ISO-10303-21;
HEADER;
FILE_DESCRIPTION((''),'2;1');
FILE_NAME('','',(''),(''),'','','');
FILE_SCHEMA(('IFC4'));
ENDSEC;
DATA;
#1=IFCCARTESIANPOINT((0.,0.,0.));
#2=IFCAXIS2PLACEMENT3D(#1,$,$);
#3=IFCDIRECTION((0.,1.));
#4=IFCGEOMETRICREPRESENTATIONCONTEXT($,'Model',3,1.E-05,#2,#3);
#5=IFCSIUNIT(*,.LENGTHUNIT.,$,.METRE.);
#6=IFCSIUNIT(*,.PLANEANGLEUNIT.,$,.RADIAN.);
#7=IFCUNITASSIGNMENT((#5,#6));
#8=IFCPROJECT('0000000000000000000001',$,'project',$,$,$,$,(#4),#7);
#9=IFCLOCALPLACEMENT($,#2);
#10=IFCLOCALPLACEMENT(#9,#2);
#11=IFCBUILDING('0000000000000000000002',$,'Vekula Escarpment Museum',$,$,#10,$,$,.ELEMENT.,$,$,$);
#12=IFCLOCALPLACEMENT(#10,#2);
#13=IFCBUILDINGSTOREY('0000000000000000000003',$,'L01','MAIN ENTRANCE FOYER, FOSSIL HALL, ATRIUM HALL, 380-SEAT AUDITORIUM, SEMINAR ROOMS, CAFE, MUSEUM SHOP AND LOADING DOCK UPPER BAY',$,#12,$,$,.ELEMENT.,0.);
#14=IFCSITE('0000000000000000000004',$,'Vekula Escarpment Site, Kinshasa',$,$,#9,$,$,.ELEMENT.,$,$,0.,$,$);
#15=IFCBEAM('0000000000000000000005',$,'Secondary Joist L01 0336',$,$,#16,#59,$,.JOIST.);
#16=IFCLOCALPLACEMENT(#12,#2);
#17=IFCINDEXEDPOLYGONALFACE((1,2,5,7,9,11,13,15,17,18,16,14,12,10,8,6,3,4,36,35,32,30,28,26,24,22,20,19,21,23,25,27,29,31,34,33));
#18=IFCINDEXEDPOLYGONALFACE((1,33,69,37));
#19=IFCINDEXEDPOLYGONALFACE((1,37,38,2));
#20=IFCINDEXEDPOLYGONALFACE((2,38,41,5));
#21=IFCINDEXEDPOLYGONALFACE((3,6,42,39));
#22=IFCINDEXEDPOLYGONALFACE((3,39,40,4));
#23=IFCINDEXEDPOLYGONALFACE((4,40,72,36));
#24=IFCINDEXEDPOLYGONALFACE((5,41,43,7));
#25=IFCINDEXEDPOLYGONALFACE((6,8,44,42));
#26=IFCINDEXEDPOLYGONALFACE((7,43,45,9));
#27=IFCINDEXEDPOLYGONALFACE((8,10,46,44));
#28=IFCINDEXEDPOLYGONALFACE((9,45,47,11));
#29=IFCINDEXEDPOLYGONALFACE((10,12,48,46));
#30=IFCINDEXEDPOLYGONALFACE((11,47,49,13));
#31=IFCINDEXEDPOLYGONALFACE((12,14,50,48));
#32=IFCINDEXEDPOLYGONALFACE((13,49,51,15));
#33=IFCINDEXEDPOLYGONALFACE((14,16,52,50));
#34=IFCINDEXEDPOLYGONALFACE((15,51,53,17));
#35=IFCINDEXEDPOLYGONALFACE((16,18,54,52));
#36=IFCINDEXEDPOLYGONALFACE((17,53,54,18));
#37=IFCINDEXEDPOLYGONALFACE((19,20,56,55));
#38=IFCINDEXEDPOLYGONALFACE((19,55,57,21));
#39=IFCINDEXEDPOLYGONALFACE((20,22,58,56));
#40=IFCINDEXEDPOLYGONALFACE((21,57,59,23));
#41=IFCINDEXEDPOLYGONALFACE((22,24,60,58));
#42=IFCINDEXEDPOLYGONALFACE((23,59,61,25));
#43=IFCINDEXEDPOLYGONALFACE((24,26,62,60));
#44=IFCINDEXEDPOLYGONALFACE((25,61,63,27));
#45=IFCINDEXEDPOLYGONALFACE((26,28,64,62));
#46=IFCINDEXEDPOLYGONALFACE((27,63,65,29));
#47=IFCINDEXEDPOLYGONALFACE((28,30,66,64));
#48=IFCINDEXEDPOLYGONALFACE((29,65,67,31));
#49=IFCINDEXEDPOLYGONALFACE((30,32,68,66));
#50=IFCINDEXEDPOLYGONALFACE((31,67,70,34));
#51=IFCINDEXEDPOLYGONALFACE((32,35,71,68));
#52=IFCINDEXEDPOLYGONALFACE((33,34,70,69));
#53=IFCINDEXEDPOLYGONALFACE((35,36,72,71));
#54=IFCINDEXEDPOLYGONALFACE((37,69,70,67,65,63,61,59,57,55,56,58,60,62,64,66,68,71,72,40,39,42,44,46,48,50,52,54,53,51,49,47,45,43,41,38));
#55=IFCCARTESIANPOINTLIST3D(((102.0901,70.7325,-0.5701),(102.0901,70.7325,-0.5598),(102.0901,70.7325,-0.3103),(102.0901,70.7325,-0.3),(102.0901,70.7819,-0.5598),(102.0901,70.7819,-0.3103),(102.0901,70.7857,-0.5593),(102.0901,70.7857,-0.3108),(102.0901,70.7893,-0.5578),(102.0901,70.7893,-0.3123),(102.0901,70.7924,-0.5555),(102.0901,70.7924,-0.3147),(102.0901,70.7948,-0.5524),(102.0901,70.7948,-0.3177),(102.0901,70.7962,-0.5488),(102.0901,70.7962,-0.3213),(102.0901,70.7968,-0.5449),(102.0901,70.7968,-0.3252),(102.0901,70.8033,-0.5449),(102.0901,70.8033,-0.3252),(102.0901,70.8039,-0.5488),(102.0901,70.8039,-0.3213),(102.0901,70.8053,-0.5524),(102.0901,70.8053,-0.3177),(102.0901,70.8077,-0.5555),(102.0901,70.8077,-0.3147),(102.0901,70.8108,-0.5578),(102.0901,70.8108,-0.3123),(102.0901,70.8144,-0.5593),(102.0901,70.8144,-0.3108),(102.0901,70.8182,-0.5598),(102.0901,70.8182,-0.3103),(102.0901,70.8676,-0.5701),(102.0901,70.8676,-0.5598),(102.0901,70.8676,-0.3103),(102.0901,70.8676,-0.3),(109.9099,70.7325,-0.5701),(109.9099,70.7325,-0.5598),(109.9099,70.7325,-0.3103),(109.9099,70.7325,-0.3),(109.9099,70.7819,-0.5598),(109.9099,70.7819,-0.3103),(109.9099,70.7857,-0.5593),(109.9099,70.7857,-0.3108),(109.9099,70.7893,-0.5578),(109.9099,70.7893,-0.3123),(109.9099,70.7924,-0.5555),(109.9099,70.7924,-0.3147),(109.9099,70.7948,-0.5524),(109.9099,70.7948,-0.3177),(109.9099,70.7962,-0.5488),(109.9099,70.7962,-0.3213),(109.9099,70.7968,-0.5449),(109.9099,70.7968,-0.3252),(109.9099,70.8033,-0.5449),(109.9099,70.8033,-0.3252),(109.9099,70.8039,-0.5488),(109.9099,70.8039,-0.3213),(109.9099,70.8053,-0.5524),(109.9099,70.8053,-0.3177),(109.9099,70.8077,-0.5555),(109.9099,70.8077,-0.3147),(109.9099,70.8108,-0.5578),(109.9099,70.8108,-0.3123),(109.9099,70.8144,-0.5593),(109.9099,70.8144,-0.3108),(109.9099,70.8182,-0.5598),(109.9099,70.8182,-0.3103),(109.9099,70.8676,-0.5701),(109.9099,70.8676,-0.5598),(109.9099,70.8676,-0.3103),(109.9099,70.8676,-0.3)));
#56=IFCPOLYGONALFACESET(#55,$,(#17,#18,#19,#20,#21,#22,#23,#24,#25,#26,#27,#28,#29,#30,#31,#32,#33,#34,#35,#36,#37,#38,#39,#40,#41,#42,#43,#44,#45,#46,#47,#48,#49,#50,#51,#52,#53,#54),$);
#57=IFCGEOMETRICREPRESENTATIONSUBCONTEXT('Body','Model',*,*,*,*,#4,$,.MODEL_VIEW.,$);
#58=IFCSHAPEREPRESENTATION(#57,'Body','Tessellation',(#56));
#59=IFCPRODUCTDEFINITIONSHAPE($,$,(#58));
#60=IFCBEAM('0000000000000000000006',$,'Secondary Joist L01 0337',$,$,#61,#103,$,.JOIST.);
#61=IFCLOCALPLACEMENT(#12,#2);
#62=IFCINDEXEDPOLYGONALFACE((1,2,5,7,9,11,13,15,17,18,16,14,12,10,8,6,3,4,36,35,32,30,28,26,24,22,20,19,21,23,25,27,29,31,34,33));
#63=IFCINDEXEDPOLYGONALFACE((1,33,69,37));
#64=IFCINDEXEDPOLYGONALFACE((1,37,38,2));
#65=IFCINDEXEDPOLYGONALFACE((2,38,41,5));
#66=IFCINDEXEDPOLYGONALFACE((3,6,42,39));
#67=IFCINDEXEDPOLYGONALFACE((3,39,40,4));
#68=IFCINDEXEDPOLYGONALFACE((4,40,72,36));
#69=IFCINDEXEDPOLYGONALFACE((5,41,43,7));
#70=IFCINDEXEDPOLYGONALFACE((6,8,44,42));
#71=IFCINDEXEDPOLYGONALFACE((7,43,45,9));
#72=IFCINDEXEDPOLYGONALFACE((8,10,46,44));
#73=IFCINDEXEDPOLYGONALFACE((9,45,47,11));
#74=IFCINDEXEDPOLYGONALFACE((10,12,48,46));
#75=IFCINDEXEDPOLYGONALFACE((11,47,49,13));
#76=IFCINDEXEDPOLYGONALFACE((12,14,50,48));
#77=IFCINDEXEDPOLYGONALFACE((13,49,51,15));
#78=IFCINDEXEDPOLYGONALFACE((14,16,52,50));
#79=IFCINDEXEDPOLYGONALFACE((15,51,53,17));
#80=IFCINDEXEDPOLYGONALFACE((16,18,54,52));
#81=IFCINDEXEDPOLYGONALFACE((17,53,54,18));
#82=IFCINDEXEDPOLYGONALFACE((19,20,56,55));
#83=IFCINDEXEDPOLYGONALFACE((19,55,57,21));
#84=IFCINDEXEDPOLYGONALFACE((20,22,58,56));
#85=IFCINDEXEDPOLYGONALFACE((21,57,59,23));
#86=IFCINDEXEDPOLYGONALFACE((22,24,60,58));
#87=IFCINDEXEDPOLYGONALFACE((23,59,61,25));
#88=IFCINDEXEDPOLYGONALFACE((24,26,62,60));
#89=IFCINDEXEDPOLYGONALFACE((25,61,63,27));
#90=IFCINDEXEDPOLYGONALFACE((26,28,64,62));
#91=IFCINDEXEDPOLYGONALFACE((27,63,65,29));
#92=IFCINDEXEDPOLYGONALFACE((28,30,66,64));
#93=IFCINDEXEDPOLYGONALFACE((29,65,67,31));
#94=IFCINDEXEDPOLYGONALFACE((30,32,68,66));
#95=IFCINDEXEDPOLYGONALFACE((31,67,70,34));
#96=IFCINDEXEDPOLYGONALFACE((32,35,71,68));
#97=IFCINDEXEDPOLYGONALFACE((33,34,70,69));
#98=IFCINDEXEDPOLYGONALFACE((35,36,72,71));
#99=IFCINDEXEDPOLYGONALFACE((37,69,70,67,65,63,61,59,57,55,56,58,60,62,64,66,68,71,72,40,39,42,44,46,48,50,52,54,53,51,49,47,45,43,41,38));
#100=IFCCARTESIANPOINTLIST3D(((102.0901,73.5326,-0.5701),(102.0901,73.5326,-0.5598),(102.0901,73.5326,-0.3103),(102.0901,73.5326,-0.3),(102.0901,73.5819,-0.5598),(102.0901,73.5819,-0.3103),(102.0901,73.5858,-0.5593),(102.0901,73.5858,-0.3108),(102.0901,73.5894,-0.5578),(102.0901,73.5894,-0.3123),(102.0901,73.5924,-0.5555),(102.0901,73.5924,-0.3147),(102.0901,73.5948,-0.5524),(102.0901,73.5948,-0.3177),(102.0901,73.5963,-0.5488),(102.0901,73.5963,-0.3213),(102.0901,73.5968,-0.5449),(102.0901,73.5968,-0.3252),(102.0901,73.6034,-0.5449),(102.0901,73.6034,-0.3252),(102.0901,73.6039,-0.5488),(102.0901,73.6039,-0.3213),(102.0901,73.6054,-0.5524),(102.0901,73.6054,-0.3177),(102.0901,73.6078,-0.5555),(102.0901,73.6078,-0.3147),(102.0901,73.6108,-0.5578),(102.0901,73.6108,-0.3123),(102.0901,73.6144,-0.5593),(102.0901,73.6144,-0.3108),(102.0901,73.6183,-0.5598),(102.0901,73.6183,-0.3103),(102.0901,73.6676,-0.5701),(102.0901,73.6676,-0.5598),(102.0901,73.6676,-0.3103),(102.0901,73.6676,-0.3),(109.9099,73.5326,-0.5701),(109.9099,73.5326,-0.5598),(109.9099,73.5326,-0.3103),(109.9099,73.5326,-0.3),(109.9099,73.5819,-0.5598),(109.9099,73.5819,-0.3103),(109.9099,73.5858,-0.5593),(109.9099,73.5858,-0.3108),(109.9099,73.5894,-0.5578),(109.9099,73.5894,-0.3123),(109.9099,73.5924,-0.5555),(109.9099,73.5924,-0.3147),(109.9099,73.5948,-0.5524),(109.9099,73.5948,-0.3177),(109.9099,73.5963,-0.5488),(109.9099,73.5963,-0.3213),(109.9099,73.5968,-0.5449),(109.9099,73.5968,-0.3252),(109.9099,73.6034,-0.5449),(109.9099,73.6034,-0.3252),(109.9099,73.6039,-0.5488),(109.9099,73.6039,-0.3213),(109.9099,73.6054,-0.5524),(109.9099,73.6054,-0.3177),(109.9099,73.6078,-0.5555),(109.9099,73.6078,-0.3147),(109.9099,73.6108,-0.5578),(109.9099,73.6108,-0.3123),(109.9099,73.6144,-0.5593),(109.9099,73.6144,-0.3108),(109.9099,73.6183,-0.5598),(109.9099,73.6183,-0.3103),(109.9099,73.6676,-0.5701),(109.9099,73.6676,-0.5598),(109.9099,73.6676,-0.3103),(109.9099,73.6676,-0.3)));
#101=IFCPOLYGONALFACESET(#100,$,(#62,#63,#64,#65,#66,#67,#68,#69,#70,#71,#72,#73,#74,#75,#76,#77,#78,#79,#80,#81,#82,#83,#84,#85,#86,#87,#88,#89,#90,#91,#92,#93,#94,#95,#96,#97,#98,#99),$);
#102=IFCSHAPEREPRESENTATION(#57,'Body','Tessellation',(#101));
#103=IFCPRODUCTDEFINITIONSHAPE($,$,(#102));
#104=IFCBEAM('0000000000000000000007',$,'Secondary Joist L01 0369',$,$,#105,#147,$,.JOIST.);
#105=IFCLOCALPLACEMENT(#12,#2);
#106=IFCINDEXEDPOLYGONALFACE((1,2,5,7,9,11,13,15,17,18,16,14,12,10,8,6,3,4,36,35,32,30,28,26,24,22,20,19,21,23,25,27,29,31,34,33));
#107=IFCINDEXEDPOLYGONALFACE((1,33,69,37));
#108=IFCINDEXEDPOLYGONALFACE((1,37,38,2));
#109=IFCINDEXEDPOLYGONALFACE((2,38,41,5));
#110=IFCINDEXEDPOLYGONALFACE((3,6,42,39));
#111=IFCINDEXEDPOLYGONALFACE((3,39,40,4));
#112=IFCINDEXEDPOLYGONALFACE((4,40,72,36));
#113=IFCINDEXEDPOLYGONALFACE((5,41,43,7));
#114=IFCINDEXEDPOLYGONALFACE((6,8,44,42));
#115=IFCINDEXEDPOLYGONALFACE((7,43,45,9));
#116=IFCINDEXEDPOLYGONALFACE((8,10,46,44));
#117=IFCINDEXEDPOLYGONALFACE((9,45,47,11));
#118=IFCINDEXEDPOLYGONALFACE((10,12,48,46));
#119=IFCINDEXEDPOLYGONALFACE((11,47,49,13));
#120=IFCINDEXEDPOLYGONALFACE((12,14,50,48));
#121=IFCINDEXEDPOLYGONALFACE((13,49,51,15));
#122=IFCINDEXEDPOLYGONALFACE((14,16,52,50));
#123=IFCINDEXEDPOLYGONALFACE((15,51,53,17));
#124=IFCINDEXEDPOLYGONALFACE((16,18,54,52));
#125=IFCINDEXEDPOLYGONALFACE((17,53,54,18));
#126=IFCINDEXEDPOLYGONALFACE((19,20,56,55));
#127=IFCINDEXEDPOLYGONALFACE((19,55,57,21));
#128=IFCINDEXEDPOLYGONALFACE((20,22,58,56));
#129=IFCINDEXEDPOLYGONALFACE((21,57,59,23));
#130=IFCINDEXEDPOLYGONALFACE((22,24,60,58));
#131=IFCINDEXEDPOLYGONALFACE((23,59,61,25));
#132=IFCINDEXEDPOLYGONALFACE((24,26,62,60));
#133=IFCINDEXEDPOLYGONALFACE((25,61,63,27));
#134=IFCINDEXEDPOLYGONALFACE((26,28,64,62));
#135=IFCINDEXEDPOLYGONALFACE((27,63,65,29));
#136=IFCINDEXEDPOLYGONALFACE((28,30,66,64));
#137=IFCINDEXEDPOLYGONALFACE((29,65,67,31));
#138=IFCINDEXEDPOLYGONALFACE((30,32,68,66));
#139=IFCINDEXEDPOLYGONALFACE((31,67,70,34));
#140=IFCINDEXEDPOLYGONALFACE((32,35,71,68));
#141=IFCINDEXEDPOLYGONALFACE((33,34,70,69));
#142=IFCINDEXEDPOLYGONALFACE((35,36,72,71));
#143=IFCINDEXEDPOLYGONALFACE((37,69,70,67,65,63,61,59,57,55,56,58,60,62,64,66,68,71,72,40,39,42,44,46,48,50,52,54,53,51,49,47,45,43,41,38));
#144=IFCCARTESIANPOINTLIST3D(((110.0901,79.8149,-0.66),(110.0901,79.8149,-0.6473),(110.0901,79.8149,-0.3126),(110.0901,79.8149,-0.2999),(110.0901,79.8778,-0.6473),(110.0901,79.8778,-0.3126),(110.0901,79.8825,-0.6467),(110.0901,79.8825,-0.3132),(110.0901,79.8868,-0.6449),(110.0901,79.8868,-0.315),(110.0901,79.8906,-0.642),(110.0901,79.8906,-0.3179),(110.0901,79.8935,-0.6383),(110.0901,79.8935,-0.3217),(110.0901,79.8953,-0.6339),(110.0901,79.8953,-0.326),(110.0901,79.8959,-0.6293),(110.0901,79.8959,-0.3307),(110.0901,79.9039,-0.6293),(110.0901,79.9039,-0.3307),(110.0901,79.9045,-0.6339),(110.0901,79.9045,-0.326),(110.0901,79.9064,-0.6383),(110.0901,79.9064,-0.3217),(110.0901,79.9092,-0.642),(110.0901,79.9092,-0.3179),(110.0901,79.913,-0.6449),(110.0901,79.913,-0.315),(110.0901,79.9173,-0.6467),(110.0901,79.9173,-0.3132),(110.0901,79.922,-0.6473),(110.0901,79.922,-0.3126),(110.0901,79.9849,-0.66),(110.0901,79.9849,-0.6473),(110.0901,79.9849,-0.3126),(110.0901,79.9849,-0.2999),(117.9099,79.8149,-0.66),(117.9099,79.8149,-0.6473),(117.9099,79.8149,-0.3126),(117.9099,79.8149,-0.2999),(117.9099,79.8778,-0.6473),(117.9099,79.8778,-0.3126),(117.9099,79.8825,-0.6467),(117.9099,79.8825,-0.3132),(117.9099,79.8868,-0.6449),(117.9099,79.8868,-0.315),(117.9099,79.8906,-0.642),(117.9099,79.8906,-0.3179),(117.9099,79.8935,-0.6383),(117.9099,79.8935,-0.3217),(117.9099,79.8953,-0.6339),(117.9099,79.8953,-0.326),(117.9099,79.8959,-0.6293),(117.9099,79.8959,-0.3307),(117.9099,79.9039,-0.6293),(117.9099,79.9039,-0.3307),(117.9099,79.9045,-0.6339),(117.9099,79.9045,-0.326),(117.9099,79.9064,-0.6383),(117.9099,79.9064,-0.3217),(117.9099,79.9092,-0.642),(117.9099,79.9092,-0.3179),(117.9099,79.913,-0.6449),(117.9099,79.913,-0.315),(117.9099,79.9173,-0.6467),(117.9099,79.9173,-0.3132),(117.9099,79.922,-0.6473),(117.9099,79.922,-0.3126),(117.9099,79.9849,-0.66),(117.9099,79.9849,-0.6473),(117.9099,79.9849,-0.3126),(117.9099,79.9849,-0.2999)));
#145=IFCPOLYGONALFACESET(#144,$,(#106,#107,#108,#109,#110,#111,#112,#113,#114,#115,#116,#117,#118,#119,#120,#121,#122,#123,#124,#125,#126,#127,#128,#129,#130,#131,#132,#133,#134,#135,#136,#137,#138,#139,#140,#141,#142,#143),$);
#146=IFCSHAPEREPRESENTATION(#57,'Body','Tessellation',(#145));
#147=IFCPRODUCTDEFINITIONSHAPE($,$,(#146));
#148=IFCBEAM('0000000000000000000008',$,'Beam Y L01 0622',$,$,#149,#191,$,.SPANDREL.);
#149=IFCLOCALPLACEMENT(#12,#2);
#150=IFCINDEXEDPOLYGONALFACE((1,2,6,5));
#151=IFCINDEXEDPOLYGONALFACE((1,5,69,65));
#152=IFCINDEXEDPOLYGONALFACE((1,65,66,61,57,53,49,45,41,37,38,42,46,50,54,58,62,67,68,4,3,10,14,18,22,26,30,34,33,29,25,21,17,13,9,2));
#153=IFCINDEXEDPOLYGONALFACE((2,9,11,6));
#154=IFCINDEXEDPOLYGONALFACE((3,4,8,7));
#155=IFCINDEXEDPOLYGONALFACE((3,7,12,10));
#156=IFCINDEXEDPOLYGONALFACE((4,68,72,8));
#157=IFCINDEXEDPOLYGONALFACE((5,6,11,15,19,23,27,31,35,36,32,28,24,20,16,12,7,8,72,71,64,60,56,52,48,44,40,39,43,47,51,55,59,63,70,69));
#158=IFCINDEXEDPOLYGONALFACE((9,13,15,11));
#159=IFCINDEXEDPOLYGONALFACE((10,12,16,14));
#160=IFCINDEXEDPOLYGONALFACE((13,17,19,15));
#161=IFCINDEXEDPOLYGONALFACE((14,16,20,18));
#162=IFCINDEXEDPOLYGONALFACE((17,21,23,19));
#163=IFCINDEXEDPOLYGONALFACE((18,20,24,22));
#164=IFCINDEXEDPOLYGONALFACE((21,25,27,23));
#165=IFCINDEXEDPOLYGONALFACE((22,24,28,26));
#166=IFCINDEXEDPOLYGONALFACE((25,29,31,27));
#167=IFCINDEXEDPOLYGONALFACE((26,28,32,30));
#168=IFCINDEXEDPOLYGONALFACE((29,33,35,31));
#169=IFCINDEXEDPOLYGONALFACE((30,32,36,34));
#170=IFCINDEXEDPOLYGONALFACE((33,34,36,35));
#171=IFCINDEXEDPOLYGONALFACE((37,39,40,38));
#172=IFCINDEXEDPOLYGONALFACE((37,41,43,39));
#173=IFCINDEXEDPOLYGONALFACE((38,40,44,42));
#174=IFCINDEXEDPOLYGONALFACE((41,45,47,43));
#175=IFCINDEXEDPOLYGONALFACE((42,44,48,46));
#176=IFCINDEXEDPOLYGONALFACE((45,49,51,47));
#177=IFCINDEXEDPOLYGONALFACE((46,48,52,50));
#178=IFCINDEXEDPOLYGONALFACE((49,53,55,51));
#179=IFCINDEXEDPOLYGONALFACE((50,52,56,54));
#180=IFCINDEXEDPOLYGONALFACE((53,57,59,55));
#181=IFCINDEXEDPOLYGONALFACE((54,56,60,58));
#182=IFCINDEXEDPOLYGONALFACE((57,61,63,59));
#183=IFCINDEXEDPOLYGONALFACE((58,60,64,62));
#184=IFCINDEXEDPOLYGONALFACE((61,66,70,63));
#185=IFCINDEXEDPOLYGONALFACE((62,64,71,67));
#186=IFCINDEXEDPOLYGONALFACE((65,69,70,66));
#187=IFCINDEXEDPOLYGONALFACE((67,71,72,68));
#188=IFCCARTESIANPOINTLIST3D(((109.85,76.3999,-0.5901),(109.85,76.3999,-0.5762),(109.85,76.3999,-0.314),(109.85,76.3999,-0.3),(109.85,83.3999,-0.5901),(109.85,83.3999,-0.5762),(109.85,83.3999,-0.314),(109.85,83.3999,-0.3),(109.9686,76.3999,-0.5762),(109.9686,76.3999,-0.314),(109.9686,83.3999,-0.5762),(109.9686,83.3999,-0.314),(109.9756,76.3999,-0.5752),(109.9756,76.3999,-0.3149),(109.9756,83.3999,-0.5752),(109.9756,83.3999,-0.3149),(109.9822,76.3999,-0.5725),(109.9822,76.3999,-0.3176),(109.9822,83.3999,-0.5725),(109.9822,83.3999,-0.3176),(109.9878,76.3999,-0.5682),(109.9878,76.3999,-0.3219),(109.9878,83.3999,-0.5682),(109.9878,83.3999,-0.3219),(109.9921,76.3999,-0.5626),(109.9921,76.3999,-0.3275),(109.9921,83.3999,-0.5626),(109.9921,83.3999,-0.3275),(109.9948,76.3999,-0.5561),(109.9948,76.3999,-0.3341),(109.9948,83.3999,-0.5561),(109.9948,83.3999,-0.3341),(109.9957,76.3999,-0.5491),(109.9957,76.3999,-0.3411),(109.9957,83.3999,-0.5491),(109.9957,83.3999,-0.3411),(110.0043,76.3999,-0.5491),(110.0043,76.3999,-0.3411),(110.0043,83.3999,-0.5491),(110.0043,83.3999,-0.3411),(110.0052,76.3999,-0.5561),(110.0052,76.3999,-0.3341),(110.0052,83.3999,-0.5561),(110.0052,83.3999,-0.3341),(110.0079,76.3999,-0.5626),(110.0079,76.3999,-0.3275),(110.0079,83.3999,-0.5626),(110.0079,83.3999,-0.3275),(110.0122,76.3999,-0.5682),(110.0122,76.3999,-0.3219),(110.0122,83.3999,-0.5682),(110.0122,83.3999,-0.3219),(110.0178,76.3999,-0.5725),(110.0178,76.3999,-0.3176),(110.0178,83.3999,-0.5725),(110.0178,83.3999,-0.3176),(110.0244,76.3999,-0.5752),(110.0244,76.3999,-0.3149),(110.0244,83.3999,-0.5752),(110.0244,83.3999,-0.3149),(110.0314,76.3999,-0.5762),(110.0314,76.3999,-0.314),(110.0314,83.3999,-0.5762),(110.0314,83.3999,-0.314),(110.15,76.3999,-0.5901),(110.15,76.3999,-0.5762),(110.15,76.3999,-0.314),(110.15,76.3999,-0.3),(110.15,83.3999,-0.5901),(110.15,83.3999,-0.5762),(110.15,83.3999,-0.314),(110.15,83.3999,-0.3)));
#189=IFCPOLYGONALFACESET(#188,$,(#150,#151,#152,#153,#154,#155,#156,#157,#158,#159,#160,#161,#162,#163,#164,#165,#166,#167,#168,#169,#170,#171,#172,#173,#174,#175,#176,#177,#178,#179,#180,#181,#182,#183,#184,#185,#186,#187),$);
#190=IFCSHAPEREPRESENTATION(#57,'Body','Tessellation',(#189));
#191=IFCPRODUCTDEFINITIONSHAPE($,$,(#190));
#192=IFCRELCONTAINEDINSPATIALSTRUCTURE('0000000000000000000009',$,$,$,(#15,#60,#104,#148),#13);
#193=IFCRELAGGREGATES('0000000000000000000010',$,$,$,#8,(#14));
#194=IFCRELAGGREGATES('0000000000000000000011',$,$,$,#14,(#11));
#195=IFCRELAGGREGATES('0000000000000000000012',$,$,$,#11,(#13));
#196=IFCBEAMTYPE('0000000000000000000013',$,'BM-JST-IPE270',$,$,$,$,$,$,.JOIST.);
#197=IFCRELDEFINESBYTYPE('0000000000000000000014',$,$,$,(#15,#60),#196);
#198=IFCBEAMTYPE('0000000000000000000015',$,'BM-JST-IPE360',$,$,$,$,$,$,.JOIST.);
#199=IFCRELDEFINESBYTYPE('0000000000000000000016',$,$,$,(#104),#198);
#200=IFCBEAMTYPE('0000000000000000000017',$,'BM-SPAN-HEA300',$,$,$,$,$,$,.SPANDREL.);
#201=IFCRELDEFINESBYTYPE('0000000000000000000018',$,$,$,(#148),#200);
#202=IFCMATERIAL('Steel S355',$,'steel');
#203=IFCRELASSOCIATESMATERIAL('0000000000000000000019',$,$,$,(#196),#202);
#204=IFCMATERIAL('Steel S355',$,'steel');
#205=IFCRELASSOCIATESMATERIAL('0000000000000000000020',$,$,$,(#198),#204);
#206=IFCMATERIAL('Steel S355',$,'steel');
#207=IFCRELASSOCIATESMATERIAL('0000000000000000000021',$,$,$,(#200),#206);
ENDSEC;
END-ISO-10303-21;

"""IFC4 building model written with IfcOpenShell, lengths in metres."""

from ifc_helpers import new_model, si_unit, direction, frame, origin, origin_2d, place, context, subcontext, project, spatial, i_section, extrude, material, material_profile, profile_set, type_object, element, save


model = new_model("IFC4")

# Units and contexts
model_context = context("Model", 3, precision=1e-05, world=origin(), true_north=direction((0.0, 1.0)))
body_context = subcontext(model_context, "Body", "Model", "MODEL_VIEW")
ifc_project = project(units=[si_unit("LENGTHUNIT", "METRE"), si_unit("PLANEANGLEUNIT", "RADIAN")], contexts=[model_context])

# Site, building, storey
site_placement = place(None, origin())
site = spatial("IfcSite", under=ifc_project, at=site_placement, Name="Vekula Escarpment Site, Kinshasa", CompositionType="ELEMENT", RefElevation=0.0)
building_placement = place(site_placement, origin())
building = spatial("IfcBuilding", under=site, at=building_placement, Name="Vekula Escarpment Museum", CompositionType="ELEMENT")
storey_placement = place(building_placement, origin())
storey = spatial("IfcBuildingStorey", under=building, at=storey_placement, Name="L01", Description="MAIN ENTRANCE FOYER, FOSSIL HALL, ATRIUM HALL, 380-SEAT AUDITORIUM, SEMINAR ROOMS, CAFE, MUSEUM SHOP AND LOADING DOCK UPPER BAY", CompositionType="ELEMENT", Elevation=0.0)

# Beams
ifc_material_1 = material(Name="Steel S355", Category="steel")
ifc_material_profile_1 = material_profile(ifc_material_1, i_section(OverallWidth=0.135, OverallDepth=0.27, WebThickness=0.0066, FlangeThickness=0.0103, FilletRadius=0.0149, at=origin_2d()), Name="IPE 270")
ifc_profile_set_1 = profile_set([ifc_material_profile_1], Name="Steel S355")
beam_type_1 = type_object("IfcBeamType", Name="BM-JST-IPE270", PredefinedType="JOIST", material=ifc_profile_set_1)
for number, where, z_axis, x_axis, name in (
    (1, (102.0901, 70.8, -0.4351), (1.0, 0.0, 0.0), (0.0, 1.0, 0.0), "Secondary Joist L01 0336"),
    (2, (102.0901, 73.6001, -0.4351), (1.0, 0.0, 0.0), (0.0, 1.0, 0.0), "Secondary Joist L01 0337"),
):
    element("IfcBeam", number, at=place(storey_placement, frame(where, z_axis=z_axis, x_axis=x_axis)), inside=storey, type_object=beam_type_1, Name=name, PredefinedType="JOIST", context=body_context, shape_type="SweptSolid", body=[
        extrude(i_section(OverallWidth=0.135, OverallDepth=0.27, WebThickness=0.0066, FlangeThickness=0.0103, FilletRadius=0.0149, at=origin_2d()), origin(), (0.0, 0.0, 1.0), 7.8198),
    ])
ifc_material_2 = material(Name="Steel S355", Category="steel")
ifc_material_profile_2 = material_profile(ifc_material_2, i_section(OverallWidth=0.1699, OverallDepth=0.3601, WebThickness=0.0081, FlangeThickness=0.0127, FilletRadius=0.0181, at=origin_2d()), Name="IPE 360")
ifc_profile_set_2 = profile_set([ifc_material_profile_2], Name="Steel S355")
beam_type_2 = type_object("IfcBeamType", Name="BM-JST-IPE360", PredefinedType="JOIST", material=ifc_profile_set_2)
beam_1_placement = place(storey_placement, frame((110.0901, 79.8999, -0.48), z_axis=(1.0, 0.0, 0.0), x_axis=(0.0, 1.0, 0.0)))
element("IfcBeam", 3, at=beam_1_placement, inside=storey, type_object=beam_type_2, Name="Secondary Joist L01 0369", PredefinedType="JOIST", context=body_context, shape_type="SweptSolid", body=[
    extrude(i_section(OverallWidth=0.1699, OverallDepth=0.3601, WebThickness=0.0081, FlangeThickness=0.0127, FilletRadius=0.0181, at=origin_2d()), origin(), (0.0, 0.0, 1.0), 7.8198),
])
ifc_material_3 = material(Name="Steel S355", Category="steel")
ifc_material_profile_3 = material_profile(ifc_material_3, i_section(OverallWidth=0.3, OverallDepth=0.29, WebThickness=0.0085, FlangeThickness=0.0139, FilletRadius=0.0271, at=origin_2d()), Name="HEA 300")
ifc_profile_set_3 = profile_set([ifc_material_profile_3], Name="Steel S355")
beam_type_3 = type_object("IfcBeamType", Name="BM-SPAN-HEA300", PredefinedType="SPANDREL", material=ifc_profile_set_3)
beam_2_placement = place(storey_placement, frame((110.0, 76.3999, -0.4451), z_axis=(0.0, 1.0, 0.0), x_axis=(-1.0, 0.0, 0.0)))
element("IfcBeam", 4, at=beam_2_placement, inside=storey, type_object=beam_type_3, Name="Beam Y L01 0622", PredefinedType="SPANDREL", context=body_context, shape_type="SweptSolid", body=[
    extrude(i_section(OverallWidth=0.3, OverallDepth=0.29, WebThickness=0.0085, FlangeThickness=0.0139, FilletRadius=0.0271, at=origin_2d()), origin(), (0.0, 0.0, 1.0), 7.0),
])

save(model, "model.ifc")
